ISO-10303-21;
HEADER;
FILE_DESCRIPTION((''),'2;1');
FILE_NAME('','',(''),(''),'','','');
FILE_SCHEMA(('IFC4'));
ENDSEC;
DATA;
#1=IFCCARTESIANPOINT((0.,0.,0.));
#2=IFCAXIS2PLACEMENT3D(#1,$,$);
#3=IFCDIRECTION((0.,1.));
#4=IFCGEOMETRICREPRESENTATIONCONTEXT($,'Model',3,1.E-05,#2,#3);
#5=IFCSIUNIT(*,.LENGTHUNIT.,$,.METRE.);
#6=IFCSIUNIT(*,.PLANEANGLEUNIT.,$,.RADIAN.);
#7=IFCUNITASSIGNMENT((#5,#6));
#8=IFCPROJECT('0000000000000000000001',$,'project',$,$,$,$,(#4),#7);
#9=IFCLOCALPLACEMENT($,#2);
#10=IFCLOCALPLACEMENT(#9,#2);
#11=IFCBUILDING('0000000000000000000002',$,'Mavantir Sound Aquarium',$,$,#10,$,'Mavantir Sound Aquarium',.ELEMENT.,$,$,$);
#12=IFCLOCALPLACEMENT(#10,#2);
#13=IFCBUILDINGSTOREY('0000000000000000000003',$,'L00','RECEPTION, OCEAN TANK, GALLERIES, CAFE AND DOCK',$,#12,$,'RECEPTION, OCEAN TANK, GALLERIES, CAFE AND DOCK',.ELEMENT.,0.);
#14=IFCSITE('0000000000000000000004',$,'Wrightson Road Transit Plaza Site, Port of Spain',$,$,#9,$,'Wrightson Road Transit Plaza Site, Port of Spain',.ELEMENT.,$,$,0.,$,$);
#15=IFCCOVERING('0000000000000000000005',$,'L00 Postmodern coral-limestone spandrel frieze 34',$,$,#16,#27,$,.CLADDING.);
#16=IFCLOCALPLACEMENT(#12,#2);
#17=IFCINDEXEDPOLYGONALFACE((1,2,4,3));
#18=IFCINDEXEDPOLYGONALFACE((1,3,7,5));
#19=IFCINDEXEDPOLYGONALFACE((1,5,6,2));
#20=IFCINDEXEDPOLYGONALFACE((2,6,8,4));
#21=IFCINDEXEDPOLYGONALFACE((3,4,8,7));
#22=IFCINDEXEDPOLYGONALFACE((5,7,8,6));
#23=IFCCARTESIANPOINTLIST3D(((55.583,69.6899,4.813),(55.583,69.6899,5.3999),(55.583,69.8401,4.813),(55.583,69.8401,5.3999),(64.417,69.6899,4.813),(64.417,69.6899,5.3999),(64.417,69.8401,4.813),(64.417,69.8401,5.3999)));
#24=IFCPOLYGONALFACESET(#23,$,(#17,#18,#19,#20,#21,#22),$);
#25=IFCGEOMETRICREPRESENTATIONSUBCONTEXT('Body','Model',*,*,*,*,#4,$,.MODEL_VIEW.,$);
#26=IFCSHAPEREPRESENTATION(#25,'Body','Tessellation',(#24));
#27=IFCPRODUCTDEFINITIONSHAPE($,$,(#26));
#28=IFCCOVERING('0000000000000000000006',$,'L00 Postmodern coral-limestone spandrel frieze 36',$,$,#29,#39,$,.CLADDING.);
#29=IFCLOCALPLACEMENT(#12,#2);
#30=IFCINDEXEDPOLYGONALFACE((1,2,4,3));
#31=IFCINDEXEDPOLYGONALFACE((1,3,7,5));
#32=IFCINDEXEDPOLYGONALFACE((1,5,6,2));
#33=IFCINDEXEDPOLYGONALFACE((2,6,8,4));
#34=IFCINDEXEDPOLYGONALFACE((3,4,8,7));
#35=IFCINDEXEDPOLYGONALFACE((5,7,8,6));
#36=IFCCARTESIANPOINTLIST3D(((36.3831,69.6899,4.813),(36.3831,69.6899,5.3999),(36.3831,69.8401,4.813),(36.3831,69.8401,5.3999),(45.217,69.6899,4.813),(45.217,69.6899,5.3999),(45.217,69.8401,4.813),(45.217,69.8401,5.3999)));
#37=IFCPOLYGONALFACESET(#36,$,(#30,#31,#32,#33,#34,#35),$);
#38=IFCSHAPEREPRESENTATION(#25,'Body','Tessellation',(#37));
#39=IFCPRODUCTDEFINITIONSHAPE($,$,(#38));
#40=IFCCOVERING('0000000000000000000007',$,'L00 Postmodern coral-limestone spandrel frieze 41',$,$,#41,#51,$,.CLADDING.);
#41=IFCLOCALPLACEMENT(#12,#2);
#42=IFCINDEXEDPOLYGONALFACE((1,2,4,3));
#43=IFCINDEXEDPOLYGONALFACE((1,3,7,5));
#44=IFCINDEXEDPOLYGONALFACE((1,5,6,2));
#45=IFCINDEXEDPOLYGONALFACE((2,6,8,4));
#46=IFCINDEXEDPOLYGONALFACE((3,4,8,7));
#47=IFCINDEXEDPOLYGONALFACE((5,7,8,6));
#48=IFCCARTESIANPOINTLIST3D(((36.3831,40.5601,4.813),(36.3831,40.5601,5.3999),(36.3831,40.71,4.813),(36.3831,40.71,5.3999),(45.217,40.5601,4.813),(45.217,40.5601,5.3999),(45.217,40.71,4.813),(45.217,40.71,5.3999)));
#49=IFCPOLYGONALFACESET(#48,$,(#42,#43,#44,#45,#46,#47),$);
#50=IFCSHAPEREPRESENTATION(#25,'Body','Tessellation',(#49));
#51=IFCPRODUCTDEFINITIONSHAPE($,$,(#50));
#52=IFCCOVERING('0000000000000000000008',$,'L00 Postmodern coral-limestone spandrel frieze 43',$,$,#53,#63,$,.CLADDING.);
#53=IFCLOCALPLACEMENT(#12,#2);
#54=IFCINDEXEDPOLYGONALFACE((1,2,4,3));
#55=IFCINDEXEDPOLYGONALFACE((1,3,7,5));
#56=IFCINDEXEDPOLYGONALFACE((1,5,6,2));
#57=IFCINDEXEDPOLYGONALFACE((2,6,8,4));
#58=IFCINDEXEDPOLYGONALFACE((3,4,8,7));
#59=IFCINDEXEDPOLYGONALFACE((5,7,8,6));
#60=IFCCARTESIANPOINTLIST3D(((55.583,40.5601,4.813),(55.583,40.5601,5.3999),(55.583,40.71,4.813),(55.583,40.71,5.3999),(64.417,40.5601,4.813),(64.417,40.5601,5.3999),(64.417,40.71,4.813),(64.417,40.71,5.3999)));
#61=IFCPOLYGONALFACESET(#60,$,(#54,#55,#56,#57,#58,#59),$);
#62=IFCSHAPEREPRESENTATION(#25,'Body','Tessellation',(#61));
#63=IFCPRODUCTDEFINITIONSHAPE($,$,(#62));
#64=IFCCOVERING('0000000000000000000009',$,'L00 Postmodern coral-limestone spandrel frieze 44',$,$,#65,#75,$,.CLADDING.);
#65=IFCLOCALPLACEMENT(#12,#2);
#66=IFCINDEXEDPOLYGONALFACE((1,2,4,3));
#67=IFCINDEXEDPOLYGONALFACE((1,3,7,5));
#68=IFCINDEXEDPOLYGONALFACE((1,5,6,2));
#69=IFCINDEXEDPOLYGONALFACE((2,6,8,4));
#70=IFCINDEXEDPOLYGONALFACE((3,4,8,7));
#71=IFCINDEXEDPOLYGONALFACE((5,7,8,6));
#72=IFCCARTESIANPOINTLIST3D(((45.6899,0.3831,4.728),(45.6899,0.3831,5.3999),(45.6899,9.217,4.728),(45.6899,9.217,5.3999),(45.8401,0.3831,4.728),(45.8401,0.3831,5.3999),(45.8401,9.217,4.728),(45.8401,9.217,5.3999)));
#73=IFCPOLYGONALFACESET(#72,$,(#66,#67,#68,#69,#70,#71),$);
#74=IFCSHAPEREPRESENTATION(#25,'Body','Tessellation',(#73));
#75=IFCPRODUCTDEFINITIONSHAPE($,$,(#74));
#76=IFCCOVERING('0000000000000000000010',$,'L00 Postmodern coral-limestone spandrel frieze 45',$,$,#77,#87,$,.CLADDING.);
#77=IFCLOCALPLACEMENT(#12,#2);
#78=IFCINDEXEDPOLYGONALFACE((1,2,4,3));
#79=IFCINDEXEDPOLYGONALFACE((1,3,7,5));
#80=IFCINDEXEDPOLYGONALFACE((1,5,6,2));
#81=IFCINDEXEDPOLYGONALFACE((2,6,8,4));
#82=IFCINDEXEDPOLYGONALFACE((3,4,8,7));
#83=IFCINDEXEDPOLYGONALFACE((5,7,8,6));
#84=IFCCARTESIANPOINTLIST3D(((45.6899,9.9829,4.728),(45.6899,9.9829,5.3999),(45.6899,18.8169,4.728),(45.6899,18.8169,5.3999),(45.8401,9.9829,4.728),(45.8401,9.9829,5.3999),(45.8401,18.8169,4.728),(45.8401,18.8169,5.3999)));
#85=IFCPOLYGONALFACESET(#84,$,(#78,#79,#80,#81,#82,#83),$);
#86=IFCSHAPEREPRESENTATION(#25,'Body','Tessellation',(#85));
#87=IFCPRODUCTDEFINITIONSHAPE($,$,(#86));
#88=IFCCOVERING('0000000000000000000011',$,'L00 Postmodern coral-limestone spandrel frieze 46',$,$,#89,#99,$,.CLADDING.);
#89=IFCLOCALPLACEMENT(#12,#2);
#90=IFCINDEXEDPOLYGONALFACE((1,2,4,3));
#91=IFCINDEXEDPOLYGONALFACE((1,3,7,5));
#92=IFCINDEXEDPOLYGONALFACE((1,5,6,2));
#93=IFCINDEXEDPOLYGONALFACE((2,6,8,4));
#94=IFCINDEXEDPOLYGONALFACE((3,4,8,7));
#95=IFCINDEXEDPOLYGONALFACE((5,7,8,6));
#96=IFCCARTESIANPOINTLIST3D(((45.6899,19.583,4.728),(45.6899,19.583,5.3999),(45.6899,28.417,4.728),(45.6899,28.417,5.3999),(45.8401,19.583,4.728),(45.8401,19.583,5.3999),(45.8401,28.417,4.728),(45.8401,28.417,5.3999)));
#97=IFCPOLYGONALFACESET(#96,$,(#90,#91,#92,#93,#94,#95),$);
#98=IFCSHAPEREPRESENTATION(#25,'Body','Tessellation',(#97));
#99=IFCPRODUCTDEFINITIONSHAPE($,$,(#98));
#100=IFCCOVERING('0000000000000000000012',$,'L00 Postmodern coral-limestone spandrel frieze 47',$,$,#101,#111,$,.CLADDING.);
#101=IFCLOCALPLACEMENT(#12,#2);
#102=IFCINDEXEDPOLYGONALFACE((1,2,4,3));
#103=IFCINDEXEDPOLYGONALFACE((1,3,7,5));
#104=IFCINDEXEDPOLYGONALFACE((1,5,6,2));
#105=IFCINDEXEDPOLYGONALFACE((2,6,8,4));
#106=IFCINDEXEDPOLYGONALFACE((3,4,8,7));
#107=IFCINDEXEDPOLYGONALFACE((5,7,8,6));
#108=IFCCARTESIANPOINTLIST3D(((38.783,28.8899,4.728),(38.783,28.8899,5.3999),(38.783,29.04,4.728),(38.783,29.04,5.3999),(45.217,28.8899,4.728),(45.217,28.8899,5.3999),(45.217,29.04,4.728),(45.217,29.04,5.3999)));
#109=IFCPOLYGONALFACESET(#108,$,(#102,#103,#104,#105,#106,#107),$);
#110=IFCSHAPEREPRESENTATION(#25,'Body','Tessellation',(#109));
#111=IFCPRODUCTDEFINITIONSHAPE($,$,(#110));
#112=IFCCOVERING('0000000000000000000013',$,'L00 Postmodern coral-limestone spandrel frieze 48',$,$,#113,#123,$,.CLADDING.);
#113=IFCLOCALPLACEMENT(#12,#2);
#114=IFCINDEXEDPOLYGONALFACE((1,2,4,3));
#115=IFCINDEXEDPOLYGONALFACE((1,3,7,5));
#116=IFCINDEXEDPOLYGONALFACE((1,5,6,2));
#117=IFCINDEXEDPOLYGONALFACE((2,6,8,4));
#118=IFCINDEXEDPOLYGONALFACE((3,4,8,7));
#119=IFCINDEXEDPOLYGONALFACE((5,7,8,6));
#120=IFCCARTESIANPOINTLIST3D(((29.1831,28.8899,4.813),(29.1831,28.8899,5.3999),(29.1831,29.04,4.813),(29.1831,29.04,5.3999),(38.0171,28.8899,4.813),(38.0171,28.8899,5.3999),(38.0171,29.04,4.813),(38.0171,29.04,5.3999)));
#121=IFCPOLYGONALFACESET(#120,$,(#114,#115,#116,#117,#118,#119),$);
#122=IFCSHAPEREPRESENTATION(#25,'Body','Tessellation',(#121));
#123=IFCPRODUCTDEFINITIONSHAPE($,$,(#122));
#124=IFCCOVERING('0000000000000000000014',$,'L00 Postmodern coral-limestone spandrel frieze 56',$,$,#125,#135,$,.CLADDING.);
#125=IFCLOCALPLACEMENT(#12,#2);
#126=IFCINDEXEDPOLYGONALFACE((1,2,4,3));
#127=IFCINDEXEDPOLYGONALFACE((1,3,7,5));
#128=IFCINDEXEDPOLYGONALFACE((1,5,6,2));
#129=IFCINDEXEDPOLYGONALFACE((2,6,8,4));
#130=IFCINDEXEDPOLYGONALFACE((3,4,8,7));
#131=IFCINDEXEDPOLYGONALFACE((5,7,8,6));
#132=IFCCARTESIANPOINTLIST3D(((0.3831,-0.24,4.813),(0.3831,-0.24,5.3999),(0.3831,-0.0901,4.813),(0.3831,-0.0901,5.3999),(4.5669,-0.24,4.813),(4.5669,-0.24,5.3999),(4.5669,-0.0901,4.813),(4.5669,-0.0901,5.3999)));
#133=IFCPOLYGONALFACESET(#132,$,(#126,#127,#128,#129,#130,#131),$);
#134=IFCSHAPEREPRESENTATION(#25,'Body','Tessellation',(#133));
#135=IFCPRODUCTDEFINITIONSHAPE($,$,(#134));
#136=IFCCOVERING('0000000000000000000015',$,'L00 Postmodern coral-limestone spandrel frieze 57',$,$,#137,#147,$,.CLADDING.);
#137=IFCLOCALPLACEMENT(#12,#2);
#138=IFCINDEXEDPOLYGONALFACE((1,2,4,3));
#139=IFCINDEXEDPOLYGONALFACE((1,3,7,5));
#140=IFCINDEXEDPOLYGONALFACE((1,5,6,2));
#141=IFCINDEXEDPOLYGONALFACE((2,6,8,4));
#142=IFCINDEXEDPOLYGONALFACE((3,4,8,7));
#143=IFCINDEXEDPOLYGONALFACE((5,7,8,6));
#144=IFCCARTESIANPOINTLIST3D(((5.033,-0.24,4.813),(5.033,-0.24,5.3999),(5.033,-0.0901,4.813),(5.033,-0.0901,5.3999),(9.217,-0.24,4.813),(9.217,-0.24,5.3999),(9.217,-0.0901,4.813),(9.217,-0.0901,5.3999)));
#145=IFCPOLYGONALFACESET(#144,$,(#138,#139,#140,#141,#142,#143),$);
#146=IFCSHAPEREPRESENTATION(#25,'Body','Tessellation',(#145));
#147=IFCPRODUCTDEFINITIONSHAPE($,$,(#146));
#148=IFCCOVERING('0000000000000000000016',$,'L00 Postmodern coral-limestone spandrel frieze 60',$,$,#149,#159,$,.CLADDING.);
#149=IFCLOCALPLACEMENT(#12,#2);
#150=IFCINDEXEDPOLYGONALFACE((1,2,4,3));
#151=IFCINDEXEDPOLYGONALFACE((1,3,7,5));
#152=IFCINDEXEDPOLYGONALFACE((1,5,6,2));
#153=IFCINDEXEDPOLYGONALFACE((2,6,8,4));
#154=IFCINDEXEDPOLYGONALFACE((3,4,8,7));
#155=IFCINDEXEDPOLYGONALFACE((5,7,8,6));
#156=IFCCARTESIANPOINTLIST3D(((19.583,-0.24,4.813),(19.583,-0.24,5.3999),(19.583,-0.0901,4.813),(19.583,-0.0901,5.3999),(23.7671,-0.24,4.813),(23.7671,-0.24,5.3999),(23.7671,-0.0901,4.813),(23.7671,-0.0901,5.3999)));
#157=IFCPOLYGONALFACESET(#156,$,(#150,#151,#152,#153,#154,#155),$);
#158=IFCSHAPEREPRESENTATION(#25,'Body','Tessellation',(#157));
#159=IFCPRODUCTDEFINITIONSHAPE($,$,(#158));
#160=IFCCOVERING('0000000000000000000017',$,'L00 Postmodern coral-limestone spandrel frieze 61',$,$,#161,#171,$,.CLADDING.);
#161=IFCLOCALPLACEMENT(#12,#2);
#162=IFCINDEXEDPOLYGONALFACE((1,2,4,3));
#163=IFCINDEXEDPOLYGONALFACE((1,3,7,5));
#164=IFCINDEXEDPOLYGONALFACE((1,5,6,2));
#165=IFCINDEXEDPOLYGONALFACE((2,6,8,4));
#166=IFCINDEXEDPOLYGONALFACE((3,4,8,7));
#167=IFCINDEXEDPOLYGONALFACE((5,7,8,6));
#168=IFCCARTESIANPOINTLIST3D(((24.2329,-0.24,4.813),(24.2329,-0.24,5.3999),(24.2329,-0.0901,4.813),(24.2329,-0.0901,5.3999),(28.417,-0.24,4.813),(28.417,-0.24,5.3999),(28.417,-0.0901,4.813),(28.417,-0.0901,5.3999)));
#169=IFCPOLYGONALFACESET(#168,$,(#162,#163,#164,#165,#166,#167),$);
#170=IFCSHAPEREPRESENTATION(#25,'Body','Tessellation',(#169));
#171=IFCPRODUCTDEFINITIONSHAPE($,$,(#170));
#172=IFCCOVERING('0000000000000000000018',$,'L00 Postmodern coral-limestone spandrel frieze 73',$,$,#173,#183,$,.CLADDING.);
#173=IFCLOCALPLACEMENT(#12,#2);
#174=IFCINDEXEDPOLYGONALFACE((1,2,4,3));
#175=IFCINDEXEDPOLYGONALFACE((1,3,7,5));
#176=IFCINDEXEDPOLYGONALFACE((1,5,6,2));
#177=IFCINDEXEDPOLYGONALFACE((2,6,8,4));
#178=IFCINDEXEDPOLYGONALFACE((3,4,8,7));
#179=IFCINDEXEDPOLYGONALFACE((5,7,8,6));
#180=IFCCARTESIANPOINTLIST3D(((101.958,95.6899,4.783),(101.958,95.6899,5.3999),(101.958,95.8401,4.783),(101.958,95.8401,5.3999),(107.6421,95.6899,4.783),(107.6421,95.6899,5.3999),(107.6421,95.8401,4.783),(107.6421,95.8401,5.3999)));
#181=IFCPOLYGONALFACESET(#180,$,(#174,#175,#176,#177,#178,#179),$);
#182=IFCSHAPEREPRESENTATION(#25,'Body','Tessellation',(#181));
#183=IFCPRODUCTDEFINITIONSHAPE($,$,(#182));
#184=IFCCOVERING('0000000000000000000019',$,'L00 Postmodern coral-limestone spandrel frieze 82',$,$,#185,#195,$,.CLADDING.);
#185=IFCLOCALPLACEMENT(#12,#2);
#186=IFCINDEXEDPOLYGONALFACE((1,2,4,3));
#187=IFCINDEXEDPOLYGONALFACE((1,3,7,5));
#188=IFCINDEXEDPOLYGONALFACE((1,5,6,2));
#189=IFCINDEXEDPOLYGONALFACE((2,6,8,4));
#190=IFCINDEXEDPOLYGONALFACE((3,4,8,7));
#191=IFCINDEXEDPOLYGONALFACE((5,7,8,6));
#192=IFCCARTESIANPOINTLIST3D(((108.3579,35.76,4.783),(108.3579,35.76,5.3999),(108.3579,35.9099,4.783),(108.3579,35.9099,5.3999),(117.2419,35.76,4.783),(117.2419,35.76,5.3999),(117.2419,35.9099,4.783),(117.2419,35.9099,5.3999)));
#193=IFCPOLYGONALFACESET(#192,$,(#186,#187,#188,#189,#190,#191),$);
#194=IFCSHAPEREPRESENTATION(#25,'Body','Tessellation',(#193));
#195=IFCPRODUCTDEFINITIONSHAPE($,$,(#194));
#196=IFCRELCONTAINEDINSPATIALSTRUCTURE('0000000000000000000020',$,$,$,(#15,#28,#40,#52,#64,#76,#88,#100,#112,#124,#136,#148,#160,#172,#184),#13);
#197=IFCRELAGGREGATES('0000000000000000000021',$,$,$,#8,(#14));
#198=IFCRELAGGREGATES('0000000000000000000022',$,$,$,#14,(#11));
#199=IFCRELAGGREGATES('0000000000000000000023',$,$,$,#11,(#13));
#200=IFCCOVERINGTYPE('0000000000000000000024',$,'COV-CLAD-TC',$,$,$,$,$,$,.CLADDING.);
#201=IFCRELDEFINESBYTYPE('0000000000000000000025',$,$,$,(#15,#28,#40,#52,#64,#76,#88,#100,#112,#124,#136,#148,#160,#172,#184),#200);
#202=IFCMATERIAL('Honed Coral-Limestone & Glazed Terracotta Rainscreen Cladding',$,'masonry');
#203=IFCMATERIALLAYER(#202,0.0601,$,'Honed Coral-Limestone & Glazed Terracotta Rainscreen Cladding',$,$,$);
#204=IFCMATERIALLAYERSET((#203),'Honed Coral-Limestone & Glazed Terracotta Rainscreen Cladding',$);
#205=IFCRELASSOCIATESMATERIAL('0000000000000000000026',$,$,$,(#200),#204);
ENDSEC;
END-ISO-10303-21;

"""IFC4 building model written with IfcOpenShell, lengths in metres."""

from ifc_helpers import new_model, si_unit, direction, frame, origin, place, context, subcontext, project, spatial, polyline, outline, extrude, material, layer, layer_set, type_object, element, save


model = new_model("IFC4")

# Units and contexts
model_context = context("Model", 3, precision=1e-05, world=origin(), true_north=direction((0.0, 1.0)))
body_context = subcontext(model_context, "Body", "Model", "MODEL_VIEW")
ifc_project = project(units=[si_unit("LENGTHUNIT", "METRE"), si_unit("PLANEANGLEUNIT", "RADIAN")], contexts=[model_context])

# Site, building, storey
site_placement = place(None, origin())
site = spatial("IfcSite", under=ifc_project, at=site_placement, Name="Wrightson Road Transit Plaza Site, Port of Spain", LongName="Wrightson Road Transit Plaza Site, Port of Spain", CompositionType="ELEMENT", RefElevation=0.0)
building_placement = place(site_placement, origin())
building = spatial("IfcBuilding", under=site, at=building_placement, Name="Mavantir Sound Aquarium", LongName="Mavantir Sound Aquarium", CompositionType="ELEMENT")
storey_placement = place(building_placement, origin())
storey = spatial("IfcBuildingStorey", under=building, at=storey_placement, Name="L00", Description="RECEPTION, OCEAN TANK, GALLERIES, CAFE AND DOCK", LongName="RECEPTION, OCEAN TANK, GALLERIES, CAFE AND DOCK", CompositionType="ELEMENT", Elevation=0.0)

# Coverings
ifc_material = material(Name="Honed Coral-Limestone & Glazed Terracotta Rainscreen Cladding", Category="masonry")
ifc_layer = layer(ifc_material, 0.0601, Name="Honed Coral-Limestone & Glazed Terracotta Rainscreen Cladding")
ifc_layer_set = layer_set([ifc_layer], Name="Honed Coral-Limestone & Glazed Terracotta Rainscreen Cladding")
covering_type = type_object("IfcCoveringType", Name="COV-CLAD-TC", PredefinedType="CLADDING", material=ifc_layer_set)
covering_1_placement = place(storey_placement, frame((0.0, 0.0, 4.813)))
element("IfcCovering", 1, at=covering_1_placement, inside=storey, type_object=covering_type, Name="L00 Postmodern coral-limestone spandrel frieze 34", PredefinedType="CLADDING", context=body_context, shape_type="SweptSolid", body=[
    extrude(outline(polyline([(64.417, 69.6899), (55.583, 69.6899), (55.583, 69.8401), (64.417, 69.8401), (64.417, 69.6899)])), origin(), (0.0, 0.0, 1.0), 0.5869),
])
covering_2_placement = place(storey_placement, frame((0.0, 0.0, 4.813)))
element("IfcCovering", 2, at=covering_2_placement, inside=storey, type_object=covering_type, Name="L00 Postmodern coral-limestone spandrel frieze 36", PredefinedType="CLADDING", context=body_context, shape_type="SweptSolid", body=[
    extrude(outline(polyline([(45.217, 69.6899), (36.3831, 69.6899), (36.3831, 69.8401), (45.217, 69.8401), (45.217, 69.6899)])), origin(), (0.0, 0.0, 1.0), 0.5869),
])
covering_3_placement = place(storey_placement, frame((0.0, 0.0, 4.813)))
element("IfcCovering", 3, at=covering_3_placement, inside=storey, type_object=covering_type, Name="L00 Postmodern coral-limestone spandrel frieze 41", PredefinedType="CLADDING", context=body_context, shape_type="SweptSolid", body=[
    extrude(outline(polyline([(36.3831, 40.71), (45.217, 40.71), (45.217, 40.5601), (36.3831, 40.5601), (36.3831, 40.71)])), origin(), (0.0, 0.0, 1.0), 0.5869),
])
covering_4_placement = place(storey_placement, frame((0.0, 0.0, 4.813)))
element("IfcCovering", 4, at=covering_4_placement, inside=storey, type_object=covering_type, Name="L00 Postmodern coral-limestone spandrel frieze 43", PredefinedType="CLADDING", context=body_context, shape_type="SweptSolid", body=[
    extrude(outline(polyline([(55.583, 40.71), (64.417, 40.71), (64.417, 40.5601), (55.583, 40.5601), (55.583, 40.71)])), origin(), (0.0, 0.0, 1.0), 0.5869),
])
covering_5_placement = place(storey_placement, frame((0.0, 0.0, 4.728)))
element("IfcCovering", 5, at=covering_5_placement, inside=storey, type_object=covering_type, Name="L00 Postmodern coral-limestone spandrel frieze 44", PredefinedType="CLADDING", context=body_context, shape_type="SweptSolid", body=[
    extrude(outline(polyline([(45.6899, 0.3831), (45.6899, 9.217), (45.8401, 9.217), (45.8401, 0.3831), (45.6899, 0.3831)])), origin(), (0.0, 0.0, 1.0), 0.6719),
])
covering_6_placement = place(storey_placement, frame((0.0, 0.0, 4.728)))
element("IfcCovering", 6, at=covering_6_placement, inside=storey, type_object=covering_type, Name="L00 Postmodern coral-limestone spandrel frieze 45", PredefinedType="CLADDING", context=body_context, shape_type="SweptSolid", body=[
    extrude(outline(polyline([(45.6899, 9.9829), (45.6899, 18.8169), (45.8401, 18.8169), (45.8401, 9.9829), (45.6899, 9.9829)])), origin(), (0.0, 0.0, 1.0), 0.6719),
])
covering_7_placement = place(storey_placement, frame((0.0, 0.0, 4.728)))
element("IfcCovering", 7, at=covering_7_placement, inside=storey, type_object=covering_type, Name="L00 Postmodern coral-limestone spandrel frieze 46", PredefinedType="CLADDING", context=body_context, shape_type="SweptSolid", body=[
    extrude(outline(polyline([(45.6899, 19.583), (45.6899, 28.417), (45.8401, 28.417), (45.8401, 19.583), (45.6899, 19.583)])), origin(), (0.0, 0.0, 1.0), 0.6719),
])
covering_8_placement = place(storey_placement, frame((0.0, 0.0, 4.728)))
element("IfcCovering", 8, at=covering_8_placement, inside=storey, type_object=covering_type, Name="L00 Postmodern coral-limestone spandrel frieze 47", PredefinedType="CLADDING", context=body_context, shape_type="SweptSolid", body=[
    extrude(outline(polyline([(45.217, 28.8899), (38.783, 28.8899), (38.783, 29.04), (45.217, 29.04), (45.217, 28.8899)])), origin(), (0.0, 0.0, 1.0), 0.6719),
])
covering_9_placement = place(storey_placement, frame((0.0, 0.0, 4.813)))
element("IfcCovering", 9, at=covering_9_placement, inside=storey, type_object=covering_type, Name="L00 Postmodern coral-limestone spandrel frieze 48", PredefinedType="CLADDING", context=body_context, shape_type="SweptSolid", body=[
    extrude(outline(polyline([(38.0171, 28.8899), (29.1831, 28.8899), (29.1831, 29.04), (38.0171, 29.04), (38.0171, 28.8899)])), origin(), (0.0, 0.0, 1.0), 0.5869),
])
covering_10_placement = place(storey_placement, frame((0.0, 0.0, 4.813)))
element("IfcCovering", 10, at=covering_10_placement, inside=storey, type_object=covering_type, Name="L00 Postmodern coral-limestone spandrel frieze 56", PredefinedType="CLADDING", context=body_context, shape_type="SweptSolid", body=[
    extrude(outline(polyline([(0.3831, -0.0901), (4.5669, -0.0901), (4.5669, -0.24), (0.3831, -0.24), (0.3831, -0.0901)])), origin(), (0.0, 0.0, 1.0), 0.5869),
])
covering_11_placement = place(storey_placement, frame((0.0, 0.0, 4.813)))
element("IfcCovering", 11, at=covering_11_placement, inside=storey, type_object=covering_type, Name="L00 Postmodern coral-limestone spandrel frieze 57", PredefinedType="CLADDING", context=body_context, shape_type="SweptSolid", body=[
    extrude(outline(polyline([(5.033, -0.0901), (9.217, -0.0901), (9.217, -0.24), (5.033, -0.24), (5.033, -0.0901)])), origin(), (0.0, 0.0, 1.0), 0.5869),
])
covering_12_placement = place(storey_placement, frame((0.0, 0.0, 4.813)))
element("IfcCovering", 12, at=covering_12_placement, inside=storey, type_object=covering_type, Name="L00 Postmodern coral-limestone spandrel frieze 60", PredefinedType="CLADDING", context=body_context, shape_type="SweptSolid", body=[
    extrude(outline(polyline([(19.583, -0.0901), (23.7671, -0.0901), (23.7671, -0.24), (19.583, -0.24), (19.583, -0.0901)])), origin(), (0.0, 0.0, 1.0), 0.5869),
])
covering_13_placement = place(storey_placement, frame((0.0, 0.0, 4.813)))
element("IfcCovering", 13, at=covering_13_placement, inside=storey, type_object=covering_type, Name="L00 Postmodern coral-limestone spandrel frieze 61", PredefinedType="CLADDING", context=body_context, shape_type="SweptSolid", body=[
    extrude(outline(polyline([(24.2329, -0.0901), (28.417, -0.0901), (28.417, -0.24), (24.2329, -0.24), (24.2329, -0.0901)])), origin(), (0.0, 0.0, 1.0), 0.5869),
])
covering_14_placement = place(storey_placement, frame((0.0, 0.0, 4.783)))
element("IfcCovering", 14, at=covering_14_placement, inside=storey, type_object=covering_type, Name="L00 Postmodern coral-limestone spandrel frieze 73", PredefinedType="CLADDING", context=body_context, shape_type="SweptSolid", body=[
    extrude(outline(polyline([(107.6421, 95.6899), (101.958, 95.6899), (101.958, 95.8401), (107.6421, 95.8401), (107.6421, 95.6899)])), origin(), (0.0, 0.0, 1.0), 0.6169),
])
covering_15_placement = place(storey_placement, frame((0.0, 0.0, 4.783)))
element("IfcCovering", 15, at=covering_15_placement, inside=storey, type_object=covering_type, Name="L00 Postmodern coral-limestone spandrel frieze 82", PredefinedType="CLADDING", context=body_context, shape_type="SweptSolid", body=[
    extrude(outline(polyline([(108.3579, 35.9099), (117.2419, 35.9099), (117.2419, 35.76), (108.3579, 35.76), (108.3579, 35.9099)])), origin(), (0.0, 0.0, 1.0), 0.6169),
])

save(model, "model.ifc")
